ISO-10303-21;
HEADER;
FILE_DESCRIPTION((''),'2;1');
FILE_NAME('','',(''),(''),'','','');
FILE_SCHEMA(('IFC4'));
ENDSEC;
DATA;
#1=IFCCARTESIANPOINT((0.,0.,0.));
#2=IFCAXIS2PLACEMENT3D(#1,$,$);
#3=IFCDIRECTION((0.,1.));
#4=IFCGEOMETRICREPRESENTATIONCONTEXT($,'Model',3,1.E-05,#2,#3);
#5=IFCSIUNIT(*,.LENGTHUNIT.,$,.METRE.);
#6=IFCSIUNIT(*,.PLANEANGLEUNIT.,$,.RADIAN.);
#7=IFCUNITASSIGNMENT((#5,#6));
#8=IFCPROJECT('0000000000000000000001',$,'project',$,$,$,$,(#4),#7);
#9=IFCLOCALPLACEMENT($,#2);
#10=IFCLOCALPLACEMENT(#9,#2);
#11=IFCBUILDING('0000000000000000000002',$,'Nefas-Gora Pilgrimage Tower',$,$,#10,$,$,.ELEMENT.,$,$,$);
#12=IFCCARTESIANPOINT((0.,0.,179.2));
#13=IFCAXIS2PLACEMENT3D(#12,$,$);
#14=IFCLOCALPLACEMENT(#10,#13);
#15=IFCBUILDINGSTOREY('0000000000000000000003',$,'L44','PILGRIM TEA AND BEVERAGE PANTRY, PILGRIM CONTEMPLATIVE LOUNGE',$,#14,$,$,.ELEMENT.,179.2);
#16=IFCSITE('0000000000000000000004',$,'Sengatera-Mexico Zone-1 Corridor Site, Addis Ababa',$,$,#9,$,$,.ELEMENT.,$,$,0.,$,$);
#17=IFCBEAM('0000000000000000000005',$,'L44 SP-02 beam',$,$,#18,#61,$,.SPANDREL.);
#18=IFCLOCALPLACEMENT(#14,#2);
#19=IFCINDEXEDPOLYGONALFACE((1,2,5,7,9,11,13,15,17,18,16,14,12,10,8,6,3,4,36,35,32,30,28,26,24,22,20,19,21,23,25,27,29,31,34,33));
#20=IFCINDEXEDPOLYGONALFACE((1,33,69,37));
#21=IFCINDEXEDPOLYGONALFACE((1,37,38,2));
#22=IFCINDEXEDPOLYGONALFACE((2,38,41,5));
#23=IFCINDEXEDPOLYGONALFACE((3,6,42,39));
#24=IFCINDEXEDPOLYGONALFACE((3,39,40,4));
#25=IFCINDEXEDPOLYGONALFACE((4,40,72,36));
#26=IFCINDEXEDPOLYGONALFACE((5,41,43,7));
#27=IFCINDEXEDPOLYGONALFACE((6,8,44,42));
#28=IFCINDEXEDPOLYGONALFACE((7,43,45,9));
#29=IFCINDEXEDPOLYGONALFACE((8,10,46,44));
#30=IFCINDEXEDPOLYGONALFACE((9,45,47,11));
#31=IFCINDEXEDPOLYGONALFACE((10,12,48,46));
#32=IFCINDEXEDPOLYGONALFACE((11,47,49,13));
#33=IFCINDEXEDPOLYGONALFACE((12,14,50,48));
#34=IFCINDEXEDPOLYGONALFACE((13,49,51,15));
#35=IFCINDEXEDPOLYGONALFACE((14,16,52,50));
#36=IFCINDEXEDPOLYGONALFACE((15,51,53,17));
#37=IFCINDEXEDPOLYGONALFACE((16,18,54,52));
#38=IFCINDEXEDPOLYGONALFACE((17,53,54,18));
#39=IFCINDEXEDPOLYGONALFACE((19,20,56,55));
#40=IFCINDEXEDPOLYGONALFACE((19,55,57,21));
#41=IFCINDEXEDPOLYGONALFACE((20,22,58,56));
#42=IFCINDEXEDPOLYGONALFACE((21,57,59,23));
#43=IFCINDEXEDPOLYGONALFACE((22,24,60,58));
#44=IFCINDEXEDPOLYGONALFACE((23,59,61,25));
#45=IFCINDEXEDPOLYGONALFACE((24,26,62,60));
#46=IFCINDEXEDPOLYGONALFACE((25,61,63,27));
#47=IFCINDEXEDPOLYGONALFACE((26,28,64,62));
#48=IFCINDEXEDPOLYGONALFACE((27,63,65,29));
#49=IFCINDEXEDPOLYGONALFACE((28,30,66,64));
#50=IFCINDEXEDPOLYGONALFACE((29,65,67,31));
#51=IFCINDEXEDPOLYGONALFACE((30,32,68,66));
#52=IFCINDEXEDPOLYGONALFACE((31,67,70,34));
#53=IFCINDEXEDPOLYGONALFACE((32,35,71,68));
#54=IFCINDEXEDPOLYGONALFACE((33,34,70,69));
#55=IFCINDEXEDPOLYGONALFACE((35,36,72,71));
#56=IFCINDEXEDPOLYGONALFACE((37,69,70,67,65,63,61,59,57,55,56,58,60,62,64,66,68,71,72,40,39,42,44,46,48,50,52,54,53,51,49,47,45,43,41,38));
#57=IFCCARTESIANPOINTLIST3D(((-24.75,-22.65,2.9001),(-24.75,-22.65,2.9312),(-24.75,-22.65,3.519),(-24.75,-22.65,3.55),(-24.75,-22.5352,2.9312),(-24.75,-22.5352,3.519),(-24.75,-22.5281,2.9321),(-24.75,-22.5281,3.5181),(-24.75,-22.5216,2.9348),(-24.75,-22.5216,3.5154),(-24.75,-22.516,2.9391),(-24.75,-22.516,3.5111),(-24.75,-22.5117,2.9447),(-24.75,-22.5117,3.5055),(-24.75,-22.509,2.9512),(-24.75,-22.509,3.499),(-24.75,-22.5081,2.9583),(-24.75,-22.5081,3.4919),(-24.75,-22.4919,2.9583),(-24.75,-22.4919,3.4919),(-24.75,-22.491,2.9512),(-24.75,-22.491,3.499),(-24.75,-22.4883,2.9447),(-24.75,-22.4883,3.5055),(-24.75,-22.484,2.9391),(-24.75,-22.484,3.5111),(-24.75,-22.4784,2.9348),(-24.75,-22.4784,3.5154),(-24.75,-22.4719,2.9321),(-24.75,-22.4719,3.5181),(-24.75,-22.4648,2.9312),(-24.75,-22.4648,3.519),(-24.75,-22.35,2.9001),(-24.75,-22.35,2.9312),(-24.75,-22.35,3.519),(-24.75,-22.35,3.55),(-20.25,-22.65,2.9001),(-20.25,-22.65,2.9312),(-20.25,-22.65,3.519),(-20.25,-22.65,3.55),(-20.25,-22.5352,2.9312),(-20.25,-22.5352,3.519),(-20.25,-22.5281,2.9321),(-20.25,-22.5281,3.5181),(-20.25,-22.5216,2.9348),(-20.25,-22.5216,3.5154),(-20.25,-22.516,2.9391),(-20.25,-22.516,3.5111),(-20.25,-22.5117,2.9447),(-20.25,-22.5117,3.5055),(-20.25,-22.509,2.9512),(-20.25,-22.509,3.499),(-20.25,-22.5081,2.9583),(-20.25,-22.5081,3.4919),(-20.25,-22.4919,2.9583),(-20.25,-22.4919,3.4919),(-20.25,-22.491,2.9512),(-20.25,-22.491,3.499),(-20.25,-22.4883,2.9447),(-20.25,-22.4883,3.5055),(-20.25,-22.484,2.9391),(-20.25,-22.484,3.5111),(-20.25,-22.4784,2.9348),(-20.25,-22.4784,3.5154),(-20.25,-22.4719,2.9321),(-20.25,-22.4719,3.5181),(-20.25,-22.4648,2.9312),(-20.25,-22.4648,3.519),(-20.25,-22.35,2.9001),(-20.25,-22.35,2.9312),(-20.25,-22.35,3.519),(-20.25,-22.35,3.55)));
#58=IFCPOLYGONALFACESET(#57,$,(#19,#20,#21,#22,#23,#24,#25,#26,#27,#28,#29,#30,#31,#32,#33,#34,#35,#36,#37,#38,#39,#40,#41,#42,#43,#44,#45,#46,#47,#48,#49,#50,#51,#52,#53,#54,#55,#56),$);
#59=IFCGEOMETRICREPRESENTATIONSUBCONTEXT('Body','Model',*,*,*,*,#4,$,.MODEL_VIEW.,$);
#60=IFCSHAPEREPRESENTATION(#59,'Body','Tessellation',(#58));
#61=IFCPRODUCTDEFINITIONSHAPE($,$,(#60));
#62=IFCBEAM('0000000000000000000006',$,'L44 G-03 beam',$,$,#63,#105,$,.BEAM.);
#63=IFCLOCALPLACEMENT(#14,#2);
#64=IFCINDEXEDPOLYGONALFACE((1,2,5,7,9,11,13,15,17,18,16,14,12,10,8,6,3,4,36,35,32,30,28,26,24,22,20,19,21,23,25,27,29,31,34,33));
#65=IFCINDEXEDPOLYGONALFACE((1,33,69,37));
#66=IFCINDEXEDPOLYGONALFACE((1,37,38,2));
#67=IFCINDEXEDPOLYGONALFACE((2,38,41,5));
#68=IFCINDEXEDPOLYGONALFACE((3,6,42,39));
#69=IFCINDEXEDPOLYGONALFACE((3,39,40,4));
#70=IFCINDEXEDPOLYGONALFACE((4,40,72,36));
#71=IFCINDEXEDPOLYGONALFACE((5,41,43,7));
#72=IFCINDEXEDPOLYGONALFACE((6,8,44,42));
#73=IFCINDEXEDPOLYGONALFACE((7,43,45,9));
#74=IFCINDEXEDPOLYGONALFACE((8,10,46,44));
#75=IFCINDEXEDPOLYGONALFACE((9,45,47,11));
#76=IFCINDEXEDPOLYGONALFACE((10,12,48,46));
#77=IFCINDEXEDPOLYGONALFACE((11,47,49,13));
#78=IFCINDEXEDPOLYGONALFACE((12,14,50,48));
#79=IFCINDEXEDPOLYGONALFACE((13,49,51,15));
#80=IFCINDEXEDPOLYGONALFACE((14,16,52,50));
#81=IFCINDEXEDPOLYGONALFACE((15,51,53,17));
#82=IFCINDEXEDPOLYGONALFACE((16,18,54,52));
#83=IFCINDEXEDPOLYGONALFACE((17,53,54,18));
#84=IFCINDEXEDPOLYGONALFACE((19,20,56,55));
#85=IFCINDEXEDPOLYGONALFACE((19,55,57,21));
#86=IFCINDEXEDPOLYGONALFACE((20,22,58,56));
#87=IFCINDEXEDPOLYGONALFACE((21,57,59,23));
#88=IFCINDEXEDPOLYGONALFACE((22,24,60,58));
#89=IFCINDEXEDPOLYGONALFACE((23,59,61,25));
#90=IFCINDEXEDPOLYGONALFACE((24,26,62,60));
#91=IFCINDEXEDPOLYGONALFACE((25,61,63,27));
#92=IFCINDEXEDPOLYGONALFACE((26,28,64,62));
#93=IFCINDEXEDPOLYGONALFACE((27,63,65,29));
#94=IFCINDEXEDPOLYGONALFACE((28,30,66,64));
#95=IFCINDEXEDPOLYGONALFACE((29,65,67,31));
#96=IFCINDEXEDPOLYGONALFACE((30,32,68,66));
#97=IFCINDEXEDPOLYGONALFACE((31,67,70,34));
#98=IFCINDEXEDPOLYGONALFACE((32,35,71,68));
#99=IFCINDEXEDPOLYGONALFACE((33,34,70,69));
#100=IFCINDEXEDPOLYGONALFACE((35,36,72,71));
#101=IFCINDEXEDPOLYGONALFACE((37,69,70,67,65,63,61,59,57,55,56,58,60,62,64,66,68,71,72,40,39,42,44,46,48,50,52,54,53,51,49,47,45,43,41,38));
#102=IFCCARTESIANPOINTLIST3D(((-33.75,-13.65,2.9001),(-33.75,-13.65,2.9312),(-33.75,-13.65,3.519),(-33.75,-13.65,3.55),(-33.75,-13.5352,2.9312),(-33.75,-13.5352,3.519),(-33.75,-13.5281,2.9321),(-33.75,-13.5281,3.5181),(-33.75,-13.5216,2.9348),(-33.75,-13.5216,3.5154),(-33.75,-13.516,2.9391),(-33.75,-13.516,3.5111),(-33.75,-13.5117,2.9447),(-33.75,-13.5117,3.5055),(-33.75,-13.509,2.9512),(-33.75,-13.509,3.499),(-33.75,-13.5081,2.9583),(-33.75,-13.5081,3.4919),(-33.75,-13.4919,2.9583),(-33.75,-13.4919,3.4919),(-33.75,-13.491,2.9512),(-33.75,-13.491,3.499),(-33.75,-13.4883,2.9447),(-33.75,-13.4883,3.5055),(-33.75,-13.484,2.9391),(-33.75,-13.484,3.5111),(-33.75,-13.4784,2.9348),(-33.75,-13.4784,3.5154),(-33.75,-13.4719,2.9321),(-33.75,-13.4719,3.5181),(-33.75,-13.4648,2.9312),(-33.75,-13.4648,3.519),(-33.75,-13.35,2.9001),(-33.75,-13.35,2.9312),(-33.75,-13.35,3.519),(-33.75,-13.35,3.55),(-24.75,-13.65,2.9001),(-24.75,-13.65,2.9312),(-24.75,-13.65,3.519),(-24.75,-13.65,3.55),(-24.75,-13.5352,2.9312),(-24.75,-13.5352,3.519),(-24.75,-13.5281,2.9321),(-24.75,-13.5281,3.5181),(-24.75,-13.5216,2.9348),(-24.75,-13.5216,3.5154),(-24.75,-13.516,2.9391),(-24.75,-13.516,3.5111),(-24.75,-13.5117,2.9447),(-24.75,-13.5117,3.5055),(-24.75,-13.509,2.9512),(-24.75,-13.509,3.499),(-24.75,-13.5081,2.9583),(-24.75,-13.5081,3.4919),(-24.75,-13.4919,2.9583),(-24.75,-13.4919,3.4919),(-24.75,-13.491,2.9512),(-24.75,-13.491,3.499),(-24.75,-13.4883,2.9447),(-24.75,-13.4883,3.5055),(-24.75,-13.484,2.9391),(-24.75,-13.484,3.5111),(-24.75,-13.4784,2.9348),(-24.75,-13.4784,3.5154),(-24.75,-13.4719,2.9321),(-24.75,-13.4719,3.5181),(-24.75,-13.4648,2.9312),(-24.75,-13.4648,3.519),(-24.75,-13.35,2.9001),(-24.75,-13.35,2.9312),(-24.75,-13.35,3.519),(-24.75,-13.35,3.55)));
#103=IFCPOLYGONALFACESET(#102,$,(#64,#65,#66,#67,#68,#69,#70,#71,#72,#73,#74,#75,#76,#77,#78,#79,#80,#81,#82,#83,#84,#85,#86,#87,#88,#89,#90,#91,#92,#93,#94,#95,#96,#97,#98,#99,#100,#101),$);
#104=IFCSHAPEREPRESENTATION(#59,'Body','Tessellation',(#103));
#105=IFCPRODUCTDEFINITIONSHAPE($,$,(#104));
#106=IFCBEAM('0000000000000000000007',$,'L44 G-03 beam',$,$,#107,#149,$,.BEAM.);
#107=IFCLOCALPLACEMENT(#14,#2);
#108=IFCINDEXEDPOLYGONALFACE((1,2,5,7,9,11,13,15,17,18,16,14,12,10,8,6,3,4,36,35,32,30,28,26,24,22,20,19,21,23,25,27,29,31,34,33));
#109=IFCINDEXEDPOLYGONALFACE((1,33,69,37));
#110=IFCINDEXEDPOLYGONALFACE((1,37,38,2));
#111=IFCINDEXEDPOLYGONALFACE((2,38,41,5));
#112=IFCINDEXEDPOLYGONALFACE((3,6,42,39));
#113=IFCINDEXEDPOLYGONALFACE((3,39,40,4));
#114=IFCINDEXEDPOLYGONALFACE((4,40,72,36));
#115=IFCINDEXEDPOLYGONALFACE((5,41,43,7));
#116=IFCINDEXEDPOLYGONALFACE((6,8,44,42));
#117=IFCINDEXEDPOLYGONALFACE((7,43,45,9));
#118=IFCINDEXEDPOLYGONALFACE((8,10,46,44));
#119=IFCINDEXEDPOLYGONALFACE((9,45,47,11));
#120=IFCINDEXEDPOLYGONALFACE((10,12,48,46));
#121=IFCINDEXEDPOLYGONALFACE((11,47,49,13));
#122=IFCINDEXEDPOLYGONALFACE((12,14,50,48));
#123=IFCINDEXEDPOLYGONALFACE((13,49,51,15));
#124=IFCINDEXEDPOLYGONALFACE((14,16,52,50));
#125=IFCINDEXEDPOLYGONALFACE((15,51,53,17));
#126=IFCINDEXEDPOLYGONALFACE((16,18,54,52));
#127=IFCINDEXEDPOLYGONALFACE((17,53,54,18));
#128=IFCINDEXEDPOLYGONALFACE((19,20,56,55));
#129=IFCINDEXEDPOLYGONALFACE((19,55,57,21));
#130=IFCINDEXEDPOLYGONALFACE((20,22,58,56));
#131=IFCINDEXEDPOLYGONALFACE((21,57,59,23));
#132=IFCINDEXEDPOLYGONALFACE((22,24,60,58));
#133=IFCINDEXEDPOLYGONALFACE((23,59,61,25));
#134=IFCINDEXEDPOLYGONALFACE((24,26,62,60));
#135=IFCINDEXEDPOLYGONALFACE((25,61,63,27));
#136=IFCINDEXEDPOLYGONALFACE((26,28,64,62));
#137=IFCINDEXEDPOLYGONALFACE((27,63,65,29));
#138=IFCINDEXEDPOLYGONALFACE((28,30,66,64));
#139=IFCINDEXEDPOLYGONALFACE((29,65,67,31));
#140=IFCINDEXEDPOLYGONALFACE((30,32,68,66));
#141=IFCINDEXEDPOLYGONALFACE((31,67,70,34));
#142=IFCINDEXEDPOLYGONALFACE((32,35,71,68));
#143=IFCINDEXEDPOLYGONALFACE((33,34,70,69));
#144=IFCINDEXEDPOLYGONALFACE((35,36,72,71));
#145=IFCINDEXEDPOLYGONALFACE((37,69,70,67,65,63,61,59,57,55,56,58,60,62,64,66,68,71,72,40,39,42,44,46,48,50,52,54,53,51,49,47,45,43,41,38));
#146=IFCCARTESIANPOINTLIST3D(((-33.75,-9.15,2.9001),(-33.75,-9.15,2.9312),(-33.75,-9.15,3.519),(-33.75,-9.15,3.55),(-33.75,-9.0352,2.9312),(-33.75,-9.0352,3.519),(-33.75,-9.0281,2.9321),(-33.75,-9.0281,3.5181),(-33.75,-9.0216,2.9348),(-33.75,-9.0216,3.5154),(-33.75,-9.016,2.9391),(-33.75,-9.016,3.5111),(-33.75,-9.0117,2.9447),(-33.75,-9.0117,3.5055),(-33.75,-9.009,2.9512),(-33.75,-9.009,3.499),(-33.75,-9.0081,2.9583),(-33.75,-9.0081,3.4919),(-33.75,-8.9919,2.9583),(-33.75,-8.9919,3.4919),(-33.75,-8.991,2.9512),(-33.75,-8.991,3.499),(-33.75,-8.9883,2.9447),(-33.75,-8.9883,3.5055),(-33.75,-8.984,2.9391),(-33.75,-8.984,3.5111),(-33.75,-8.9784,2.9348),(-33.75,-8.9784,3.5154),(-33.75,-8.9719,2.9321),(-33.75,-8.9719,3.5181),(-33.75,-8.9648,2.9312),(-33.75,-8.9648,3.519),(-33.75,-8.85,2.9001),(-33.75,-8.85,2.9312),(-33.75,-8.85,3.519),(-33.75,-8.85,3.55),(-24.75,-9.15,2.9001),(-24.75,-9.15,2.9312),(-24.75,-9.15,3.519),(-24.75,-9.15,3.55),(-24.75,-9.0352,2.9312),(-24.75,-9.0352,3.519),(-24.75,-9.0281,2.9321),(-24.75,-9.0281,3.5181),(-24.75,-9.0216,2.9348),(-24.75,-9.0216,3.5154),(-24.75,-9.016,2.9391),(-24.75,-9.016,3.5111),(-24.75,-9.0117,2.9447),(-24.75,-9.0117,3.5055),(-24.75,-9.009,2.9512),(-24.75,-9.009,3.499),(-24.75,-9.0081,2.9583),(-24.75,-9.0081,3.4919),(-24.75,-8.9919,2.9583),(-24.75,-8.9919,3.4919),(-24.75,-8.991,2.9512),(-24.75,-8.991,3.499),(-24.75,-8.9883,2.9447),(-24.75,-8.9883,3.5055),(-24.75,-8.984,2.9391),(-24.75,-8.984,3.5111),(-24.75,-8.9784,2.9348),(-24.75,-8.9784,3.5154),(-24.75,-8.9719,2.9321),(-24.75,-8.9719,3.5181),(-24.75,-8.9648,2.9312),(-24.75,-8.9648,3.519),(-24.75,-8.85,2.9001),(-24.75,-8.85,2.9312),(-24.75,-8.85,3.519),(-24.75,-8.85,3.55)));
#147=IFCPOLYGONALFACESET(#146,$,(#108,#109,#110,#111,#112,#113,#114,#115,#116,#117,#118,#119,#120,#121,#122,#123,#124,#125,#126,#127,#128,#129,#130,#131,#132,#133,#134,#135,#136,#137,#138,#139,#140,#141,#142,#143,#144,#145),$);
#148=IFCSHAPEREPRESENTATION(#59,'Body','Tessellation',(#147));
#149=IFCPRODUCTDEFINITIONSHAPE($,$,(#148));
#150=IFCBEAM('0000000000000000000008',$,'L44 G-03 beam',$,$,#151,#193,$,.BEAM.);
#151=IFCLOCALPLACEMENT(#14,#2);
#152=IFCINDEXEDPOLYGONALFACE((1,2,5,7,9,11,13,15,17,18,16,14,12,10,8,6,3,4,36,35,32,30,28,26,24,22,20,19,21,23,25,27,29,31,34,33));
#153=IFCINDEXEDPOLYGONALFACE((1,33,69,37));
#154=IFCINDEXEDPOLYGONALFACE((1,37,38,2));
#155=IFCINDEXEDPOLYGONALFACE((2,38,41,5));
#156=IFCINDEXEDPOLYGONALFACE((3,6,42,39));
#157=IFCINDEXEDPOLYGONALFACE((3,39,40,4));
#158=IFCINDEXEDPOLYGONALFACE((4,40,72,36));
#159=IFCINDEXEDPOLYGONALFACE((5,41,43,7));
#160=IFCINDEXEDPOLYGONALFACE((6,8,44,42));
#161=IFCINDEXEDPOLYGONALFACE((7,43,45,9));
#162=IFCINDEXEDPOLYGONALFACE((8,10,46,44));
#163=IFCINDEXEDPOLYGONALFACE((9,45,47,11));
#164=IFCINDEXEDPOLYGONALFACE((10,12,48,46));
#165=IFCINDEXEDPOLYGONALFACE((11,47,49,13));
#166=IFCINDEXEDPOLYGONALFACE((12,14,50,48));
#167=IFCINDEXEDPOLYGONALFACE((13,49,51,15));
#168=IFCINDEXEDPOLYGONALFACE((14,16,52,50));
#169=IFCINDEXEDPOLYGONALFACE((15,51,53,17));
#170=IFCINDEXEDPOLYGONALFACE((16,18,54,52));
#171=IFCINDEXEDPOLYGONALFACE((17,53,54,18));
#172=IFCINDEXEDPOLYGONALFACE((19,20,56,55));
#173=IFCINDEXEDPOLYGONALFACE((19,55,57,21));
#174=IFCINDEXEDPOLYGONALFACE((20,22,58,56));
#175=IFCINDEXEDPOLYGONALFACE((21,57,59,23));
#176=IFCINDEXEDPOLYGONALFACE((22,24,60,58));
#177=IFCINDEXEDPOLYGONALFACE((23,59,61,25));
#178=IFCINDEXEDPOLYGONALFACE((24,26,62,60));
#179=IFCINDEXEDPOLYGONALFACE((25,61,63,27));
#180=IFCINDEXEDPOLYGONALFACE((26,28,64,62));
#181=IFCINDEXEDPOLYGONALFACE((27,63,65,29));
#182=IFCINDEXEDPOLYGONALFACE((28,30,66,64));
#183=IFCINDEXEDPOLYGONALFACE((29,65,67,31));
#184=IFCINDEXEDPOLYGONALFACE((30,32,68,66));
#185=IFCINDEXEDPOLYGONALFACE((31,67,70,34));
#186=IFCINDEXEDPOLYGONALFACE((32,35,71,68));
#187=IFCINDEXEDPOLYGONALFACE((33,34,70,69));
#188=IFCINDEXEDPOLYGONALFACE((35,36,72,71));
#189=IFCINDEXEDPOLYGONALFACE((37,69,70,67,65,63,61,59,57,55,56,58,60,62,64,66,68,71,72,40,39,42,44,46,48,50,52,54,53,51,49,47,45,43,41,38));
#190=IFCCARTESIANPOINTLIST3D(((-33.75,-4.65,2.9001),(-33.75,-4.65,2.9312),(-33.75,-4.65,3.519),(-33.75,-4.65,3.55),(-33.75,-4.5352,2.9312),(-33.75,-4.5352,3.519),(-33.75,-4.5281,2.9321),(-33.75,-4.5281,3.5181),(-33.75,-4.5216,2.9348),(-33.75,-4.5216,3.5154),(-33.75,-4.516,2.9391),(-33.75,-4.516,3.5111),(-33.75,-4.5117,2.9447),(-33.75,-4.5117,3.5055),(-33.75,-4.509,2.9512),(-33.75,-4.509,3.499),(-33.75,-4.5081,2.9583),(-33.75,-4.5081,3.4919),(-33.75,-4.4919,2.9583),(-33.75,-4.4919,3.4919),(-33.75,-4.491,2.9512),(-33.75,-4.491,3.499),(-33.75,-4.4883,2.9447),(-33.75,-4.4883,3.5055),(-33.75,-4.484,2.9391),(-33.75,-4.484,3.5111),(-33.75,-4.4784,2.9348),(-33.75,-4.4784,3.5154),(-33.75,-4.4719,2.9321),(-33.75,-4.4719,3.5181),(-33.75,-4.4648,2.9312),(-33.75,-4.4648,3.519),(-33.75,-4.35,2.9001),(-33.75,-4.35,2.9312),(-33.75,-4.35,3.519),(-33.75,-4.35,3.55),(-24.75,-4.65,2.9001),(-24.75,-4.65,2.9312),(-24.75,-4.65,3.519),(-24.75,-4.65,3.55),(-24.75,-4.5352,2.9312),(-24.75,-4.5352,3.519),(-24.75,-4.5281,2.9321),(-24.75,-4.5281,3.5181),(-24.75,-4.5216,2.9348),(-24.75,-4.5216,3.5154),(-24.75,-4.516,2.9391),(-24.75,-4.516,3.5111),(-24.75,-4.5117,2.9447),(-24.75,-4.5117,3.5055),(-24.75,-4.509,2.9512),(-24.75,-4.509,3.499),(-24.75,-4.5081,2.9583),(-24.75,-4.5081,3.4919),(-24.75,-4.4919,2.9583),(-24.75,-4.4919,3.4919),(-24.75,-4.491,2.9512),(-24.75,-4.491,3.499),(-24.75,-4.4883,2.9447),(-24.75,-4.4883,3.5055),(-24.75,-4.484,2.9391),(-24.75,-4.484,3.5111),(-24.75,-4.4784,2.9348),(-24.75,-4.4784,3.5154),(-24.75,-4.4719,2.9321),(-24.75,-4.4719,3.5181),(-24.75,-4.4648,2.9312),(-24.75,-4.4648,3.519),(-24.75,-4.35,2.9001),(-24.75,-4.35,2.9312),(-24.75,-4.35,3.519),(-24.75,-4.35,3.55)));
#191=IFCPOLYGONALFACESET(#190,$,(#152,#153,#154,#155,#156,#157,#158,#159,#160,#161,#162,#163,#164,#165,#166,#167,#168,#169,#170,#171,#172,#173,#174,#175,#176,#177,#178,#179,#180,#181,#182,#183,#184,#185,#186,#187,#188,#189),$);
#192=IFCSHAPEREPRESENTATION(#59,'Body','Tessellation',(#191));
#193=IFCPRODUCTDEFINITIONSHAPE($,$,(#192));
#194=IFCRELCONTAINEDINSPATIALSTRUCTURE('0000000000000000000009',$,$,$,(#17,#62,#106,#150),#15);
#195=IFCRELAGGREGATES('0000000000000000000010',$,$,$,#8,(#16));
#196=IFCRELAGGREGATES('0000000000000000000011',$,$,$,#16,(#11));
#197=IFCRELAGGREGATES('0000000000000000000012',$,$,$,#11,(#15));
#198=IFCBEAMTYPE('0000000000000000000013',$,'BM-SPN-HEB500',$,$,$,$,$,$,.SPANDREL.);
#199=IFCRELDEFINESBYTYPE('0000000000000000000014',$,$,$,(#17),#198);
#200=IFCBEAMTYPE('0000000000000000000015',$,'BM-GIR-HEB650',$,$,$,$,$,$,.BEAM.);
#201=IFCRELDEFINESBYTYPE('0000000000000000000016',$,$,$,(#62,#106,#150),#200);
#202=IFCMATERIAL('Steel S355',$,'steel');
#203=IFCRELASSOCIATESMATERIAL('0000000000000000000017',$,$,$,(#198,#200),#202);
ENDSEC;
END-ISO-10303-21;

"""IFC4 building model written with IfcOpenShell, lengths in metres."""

from ifc_helpers import new_model, si_unit, direction, frame, origin, origin_2d, place, context, subcontext, project, spatial, i_section, extrude, source, transform, mapped, material, material_profile, profile_set, type_object, element, save


model = new_model("IFC4")

# Units and contexts
model_context = context("Model", 3, precision=1e-05, world=origin(), true_north=direction((0.0, 1.0)))
body_context = subcontext(model_context, "Body", "Model", "MODEL_VIEW")
ifc_project = project(units=[si_unit("LENGTHUNIT", "METRE"), si_unit("PLANEANGLEUNIT", "RADIAN")], contexts=[model_context])

# Site, building, storey
site_placement = place(None, origin())
site = spatial("IfcSite", under=ifc_project, at=site_placement, Name="Sengatera-Mexico Zone-1 Corridor Site, Addis Ababa", CompositionType="ELEMENT", RefElevation=0.0)
building_placement = place(site_placement, origin())
building = spatial("IfcBuilding", under=site, at=building_placement, Name="Nefas-Gora Pilgrimage Tower", CompositionType="ELEMENT")
storey_placement = place(building_placement, frame((0.0, 0.0, 179.2)))
storey = spatial("IfcBuildingStorey", under=building, at=storey_placement, Name="L44", Description="PILGRIM TEA AND BEVERAGE PANTRY, PILGRIM CONTEMPLATIVE LOUNGE", CompositionType="ELEMENT", Elevation=179.2)

# Beams
ifc_material_1 = material(Name="Steel S355", Category="steel")
ifc_material_profile_1 = material_profile(ifc_material_1, i_section(OverallWidth=0.3, OverallDepth=0.6499, WebThickness=0.0161, FlangeThickness=0.031, FilletRadius=0.0271, at=origin_2d()), Name="HEB 650")
ifc_profile_set_1 = profile_set([ifc_material_profile_1], Name="Steel S355")
beam_type_1 = type_object("IfcBeamType", Name="BM-SPN-HEB500", PredefinedType="SPANDREL", material=ifc_profile_set_1)
shared_shape_1 = source(origin(), body_context, "Body", "SweptSolid", [
    extrude(i_section(OverallWidth=0.3, OverallDepth=0.6499, WebThickness=0.0161, FlangeThickness=0.031, FilletRadius=0.0271, at=origin_2d()), origin(), (0.0, 0.0, 1.0), 4.5),
])
for number, where, z_axis, x_axis, name in (
    (1, (-24.75, -22.5, 3.2251), (1.0, 0.0, 0.0), (0.0, 1.0, 0.0), "L44 SP-02 beam"),
):
    element("IfcBeam", number, at=place(storey_placement, frame(where, z_axis=z_axis, x_axis=x_axis)), inside=storey, type_object=beam_type_1, Name=name, PredefinedType="SPANDREL", context=body_context, shape_type="MappedRepresentation", body=[
        mapped(shared_shape_1, transform((0.0, 0.0, 0.0), x_axis=(1.0, 0.0, 0.0), y_axis=(0.0, 1.0, 0.0), z_axis=(0.0, 0.0, 1.0), scale=1.0)),
    ])
ifc_material_profile_2 = material_profile(ifc_material_1, i_section(OverallWidth=0.3, OverallDepth=0.6499, WebThickness=0.0161, FlangeThickness=0.031, FilletRadius=0.0271, at=origin_2d()), Name="HEB 650")
ifc_profile_set_2 = profile_set([ifc_material_profile_2], Name="Steel S355")
beam_type_2 = type_object("IfcBeamType", Name="BM-GIR-HEB650", PredefinedType="BEAM", material=ifc_profile_set_2)
shared_shape_2 = source(origin(), body_context, "Body", "SweptSolid", [
    extrude(i_section(OverallWidth=0.3, OverallDepth=0.6499, WebThickness=0.0161, FlangeThickness=0.031, FilletRadius=0.0271, at=origin_2d()), origin(), (0.0, 0.0, 1.0), 9.0),
])
for number, where, z_axis, x_axis, name in (
    (2, (-33.75, -13.5, 3.2251), (1.0, 0.0, 0.0), (0.0, 1.0, 0.0), "L44 G-03 beam"),
    (3, (-33.75, -9.0, 3.2251), (1.0, 0.0, 0.0), (0.0, 1.0, 0.0), "L44 G-03 beam"),
    (4, (-33.75, -4.5, 3.2251), (1.0, 0.0, 0.0), (0.0, 1.0, 0.0), "L44 G-03 beam"),
):
    element("IfcBeam", number, at=place(storey_placement, frame(where, z_axis=z_axis, x_axis=x_axis)), inside=storey, type_object=beam_type_2, Name=name, PredefinedType="BEAM", context=body_context, shape_type="MappedRepresentation", body=[
        mapped(shared_shape_2, transform((0.0, 0.0, 0.0), x_axis=(1.0, 0.0, 0.0), y_axis=(0.0, 1.0, 0.0), z_axis=(0.0, 0.0, 1.0), scale=1.0)),
    ])

save(model, "model.ifc")
